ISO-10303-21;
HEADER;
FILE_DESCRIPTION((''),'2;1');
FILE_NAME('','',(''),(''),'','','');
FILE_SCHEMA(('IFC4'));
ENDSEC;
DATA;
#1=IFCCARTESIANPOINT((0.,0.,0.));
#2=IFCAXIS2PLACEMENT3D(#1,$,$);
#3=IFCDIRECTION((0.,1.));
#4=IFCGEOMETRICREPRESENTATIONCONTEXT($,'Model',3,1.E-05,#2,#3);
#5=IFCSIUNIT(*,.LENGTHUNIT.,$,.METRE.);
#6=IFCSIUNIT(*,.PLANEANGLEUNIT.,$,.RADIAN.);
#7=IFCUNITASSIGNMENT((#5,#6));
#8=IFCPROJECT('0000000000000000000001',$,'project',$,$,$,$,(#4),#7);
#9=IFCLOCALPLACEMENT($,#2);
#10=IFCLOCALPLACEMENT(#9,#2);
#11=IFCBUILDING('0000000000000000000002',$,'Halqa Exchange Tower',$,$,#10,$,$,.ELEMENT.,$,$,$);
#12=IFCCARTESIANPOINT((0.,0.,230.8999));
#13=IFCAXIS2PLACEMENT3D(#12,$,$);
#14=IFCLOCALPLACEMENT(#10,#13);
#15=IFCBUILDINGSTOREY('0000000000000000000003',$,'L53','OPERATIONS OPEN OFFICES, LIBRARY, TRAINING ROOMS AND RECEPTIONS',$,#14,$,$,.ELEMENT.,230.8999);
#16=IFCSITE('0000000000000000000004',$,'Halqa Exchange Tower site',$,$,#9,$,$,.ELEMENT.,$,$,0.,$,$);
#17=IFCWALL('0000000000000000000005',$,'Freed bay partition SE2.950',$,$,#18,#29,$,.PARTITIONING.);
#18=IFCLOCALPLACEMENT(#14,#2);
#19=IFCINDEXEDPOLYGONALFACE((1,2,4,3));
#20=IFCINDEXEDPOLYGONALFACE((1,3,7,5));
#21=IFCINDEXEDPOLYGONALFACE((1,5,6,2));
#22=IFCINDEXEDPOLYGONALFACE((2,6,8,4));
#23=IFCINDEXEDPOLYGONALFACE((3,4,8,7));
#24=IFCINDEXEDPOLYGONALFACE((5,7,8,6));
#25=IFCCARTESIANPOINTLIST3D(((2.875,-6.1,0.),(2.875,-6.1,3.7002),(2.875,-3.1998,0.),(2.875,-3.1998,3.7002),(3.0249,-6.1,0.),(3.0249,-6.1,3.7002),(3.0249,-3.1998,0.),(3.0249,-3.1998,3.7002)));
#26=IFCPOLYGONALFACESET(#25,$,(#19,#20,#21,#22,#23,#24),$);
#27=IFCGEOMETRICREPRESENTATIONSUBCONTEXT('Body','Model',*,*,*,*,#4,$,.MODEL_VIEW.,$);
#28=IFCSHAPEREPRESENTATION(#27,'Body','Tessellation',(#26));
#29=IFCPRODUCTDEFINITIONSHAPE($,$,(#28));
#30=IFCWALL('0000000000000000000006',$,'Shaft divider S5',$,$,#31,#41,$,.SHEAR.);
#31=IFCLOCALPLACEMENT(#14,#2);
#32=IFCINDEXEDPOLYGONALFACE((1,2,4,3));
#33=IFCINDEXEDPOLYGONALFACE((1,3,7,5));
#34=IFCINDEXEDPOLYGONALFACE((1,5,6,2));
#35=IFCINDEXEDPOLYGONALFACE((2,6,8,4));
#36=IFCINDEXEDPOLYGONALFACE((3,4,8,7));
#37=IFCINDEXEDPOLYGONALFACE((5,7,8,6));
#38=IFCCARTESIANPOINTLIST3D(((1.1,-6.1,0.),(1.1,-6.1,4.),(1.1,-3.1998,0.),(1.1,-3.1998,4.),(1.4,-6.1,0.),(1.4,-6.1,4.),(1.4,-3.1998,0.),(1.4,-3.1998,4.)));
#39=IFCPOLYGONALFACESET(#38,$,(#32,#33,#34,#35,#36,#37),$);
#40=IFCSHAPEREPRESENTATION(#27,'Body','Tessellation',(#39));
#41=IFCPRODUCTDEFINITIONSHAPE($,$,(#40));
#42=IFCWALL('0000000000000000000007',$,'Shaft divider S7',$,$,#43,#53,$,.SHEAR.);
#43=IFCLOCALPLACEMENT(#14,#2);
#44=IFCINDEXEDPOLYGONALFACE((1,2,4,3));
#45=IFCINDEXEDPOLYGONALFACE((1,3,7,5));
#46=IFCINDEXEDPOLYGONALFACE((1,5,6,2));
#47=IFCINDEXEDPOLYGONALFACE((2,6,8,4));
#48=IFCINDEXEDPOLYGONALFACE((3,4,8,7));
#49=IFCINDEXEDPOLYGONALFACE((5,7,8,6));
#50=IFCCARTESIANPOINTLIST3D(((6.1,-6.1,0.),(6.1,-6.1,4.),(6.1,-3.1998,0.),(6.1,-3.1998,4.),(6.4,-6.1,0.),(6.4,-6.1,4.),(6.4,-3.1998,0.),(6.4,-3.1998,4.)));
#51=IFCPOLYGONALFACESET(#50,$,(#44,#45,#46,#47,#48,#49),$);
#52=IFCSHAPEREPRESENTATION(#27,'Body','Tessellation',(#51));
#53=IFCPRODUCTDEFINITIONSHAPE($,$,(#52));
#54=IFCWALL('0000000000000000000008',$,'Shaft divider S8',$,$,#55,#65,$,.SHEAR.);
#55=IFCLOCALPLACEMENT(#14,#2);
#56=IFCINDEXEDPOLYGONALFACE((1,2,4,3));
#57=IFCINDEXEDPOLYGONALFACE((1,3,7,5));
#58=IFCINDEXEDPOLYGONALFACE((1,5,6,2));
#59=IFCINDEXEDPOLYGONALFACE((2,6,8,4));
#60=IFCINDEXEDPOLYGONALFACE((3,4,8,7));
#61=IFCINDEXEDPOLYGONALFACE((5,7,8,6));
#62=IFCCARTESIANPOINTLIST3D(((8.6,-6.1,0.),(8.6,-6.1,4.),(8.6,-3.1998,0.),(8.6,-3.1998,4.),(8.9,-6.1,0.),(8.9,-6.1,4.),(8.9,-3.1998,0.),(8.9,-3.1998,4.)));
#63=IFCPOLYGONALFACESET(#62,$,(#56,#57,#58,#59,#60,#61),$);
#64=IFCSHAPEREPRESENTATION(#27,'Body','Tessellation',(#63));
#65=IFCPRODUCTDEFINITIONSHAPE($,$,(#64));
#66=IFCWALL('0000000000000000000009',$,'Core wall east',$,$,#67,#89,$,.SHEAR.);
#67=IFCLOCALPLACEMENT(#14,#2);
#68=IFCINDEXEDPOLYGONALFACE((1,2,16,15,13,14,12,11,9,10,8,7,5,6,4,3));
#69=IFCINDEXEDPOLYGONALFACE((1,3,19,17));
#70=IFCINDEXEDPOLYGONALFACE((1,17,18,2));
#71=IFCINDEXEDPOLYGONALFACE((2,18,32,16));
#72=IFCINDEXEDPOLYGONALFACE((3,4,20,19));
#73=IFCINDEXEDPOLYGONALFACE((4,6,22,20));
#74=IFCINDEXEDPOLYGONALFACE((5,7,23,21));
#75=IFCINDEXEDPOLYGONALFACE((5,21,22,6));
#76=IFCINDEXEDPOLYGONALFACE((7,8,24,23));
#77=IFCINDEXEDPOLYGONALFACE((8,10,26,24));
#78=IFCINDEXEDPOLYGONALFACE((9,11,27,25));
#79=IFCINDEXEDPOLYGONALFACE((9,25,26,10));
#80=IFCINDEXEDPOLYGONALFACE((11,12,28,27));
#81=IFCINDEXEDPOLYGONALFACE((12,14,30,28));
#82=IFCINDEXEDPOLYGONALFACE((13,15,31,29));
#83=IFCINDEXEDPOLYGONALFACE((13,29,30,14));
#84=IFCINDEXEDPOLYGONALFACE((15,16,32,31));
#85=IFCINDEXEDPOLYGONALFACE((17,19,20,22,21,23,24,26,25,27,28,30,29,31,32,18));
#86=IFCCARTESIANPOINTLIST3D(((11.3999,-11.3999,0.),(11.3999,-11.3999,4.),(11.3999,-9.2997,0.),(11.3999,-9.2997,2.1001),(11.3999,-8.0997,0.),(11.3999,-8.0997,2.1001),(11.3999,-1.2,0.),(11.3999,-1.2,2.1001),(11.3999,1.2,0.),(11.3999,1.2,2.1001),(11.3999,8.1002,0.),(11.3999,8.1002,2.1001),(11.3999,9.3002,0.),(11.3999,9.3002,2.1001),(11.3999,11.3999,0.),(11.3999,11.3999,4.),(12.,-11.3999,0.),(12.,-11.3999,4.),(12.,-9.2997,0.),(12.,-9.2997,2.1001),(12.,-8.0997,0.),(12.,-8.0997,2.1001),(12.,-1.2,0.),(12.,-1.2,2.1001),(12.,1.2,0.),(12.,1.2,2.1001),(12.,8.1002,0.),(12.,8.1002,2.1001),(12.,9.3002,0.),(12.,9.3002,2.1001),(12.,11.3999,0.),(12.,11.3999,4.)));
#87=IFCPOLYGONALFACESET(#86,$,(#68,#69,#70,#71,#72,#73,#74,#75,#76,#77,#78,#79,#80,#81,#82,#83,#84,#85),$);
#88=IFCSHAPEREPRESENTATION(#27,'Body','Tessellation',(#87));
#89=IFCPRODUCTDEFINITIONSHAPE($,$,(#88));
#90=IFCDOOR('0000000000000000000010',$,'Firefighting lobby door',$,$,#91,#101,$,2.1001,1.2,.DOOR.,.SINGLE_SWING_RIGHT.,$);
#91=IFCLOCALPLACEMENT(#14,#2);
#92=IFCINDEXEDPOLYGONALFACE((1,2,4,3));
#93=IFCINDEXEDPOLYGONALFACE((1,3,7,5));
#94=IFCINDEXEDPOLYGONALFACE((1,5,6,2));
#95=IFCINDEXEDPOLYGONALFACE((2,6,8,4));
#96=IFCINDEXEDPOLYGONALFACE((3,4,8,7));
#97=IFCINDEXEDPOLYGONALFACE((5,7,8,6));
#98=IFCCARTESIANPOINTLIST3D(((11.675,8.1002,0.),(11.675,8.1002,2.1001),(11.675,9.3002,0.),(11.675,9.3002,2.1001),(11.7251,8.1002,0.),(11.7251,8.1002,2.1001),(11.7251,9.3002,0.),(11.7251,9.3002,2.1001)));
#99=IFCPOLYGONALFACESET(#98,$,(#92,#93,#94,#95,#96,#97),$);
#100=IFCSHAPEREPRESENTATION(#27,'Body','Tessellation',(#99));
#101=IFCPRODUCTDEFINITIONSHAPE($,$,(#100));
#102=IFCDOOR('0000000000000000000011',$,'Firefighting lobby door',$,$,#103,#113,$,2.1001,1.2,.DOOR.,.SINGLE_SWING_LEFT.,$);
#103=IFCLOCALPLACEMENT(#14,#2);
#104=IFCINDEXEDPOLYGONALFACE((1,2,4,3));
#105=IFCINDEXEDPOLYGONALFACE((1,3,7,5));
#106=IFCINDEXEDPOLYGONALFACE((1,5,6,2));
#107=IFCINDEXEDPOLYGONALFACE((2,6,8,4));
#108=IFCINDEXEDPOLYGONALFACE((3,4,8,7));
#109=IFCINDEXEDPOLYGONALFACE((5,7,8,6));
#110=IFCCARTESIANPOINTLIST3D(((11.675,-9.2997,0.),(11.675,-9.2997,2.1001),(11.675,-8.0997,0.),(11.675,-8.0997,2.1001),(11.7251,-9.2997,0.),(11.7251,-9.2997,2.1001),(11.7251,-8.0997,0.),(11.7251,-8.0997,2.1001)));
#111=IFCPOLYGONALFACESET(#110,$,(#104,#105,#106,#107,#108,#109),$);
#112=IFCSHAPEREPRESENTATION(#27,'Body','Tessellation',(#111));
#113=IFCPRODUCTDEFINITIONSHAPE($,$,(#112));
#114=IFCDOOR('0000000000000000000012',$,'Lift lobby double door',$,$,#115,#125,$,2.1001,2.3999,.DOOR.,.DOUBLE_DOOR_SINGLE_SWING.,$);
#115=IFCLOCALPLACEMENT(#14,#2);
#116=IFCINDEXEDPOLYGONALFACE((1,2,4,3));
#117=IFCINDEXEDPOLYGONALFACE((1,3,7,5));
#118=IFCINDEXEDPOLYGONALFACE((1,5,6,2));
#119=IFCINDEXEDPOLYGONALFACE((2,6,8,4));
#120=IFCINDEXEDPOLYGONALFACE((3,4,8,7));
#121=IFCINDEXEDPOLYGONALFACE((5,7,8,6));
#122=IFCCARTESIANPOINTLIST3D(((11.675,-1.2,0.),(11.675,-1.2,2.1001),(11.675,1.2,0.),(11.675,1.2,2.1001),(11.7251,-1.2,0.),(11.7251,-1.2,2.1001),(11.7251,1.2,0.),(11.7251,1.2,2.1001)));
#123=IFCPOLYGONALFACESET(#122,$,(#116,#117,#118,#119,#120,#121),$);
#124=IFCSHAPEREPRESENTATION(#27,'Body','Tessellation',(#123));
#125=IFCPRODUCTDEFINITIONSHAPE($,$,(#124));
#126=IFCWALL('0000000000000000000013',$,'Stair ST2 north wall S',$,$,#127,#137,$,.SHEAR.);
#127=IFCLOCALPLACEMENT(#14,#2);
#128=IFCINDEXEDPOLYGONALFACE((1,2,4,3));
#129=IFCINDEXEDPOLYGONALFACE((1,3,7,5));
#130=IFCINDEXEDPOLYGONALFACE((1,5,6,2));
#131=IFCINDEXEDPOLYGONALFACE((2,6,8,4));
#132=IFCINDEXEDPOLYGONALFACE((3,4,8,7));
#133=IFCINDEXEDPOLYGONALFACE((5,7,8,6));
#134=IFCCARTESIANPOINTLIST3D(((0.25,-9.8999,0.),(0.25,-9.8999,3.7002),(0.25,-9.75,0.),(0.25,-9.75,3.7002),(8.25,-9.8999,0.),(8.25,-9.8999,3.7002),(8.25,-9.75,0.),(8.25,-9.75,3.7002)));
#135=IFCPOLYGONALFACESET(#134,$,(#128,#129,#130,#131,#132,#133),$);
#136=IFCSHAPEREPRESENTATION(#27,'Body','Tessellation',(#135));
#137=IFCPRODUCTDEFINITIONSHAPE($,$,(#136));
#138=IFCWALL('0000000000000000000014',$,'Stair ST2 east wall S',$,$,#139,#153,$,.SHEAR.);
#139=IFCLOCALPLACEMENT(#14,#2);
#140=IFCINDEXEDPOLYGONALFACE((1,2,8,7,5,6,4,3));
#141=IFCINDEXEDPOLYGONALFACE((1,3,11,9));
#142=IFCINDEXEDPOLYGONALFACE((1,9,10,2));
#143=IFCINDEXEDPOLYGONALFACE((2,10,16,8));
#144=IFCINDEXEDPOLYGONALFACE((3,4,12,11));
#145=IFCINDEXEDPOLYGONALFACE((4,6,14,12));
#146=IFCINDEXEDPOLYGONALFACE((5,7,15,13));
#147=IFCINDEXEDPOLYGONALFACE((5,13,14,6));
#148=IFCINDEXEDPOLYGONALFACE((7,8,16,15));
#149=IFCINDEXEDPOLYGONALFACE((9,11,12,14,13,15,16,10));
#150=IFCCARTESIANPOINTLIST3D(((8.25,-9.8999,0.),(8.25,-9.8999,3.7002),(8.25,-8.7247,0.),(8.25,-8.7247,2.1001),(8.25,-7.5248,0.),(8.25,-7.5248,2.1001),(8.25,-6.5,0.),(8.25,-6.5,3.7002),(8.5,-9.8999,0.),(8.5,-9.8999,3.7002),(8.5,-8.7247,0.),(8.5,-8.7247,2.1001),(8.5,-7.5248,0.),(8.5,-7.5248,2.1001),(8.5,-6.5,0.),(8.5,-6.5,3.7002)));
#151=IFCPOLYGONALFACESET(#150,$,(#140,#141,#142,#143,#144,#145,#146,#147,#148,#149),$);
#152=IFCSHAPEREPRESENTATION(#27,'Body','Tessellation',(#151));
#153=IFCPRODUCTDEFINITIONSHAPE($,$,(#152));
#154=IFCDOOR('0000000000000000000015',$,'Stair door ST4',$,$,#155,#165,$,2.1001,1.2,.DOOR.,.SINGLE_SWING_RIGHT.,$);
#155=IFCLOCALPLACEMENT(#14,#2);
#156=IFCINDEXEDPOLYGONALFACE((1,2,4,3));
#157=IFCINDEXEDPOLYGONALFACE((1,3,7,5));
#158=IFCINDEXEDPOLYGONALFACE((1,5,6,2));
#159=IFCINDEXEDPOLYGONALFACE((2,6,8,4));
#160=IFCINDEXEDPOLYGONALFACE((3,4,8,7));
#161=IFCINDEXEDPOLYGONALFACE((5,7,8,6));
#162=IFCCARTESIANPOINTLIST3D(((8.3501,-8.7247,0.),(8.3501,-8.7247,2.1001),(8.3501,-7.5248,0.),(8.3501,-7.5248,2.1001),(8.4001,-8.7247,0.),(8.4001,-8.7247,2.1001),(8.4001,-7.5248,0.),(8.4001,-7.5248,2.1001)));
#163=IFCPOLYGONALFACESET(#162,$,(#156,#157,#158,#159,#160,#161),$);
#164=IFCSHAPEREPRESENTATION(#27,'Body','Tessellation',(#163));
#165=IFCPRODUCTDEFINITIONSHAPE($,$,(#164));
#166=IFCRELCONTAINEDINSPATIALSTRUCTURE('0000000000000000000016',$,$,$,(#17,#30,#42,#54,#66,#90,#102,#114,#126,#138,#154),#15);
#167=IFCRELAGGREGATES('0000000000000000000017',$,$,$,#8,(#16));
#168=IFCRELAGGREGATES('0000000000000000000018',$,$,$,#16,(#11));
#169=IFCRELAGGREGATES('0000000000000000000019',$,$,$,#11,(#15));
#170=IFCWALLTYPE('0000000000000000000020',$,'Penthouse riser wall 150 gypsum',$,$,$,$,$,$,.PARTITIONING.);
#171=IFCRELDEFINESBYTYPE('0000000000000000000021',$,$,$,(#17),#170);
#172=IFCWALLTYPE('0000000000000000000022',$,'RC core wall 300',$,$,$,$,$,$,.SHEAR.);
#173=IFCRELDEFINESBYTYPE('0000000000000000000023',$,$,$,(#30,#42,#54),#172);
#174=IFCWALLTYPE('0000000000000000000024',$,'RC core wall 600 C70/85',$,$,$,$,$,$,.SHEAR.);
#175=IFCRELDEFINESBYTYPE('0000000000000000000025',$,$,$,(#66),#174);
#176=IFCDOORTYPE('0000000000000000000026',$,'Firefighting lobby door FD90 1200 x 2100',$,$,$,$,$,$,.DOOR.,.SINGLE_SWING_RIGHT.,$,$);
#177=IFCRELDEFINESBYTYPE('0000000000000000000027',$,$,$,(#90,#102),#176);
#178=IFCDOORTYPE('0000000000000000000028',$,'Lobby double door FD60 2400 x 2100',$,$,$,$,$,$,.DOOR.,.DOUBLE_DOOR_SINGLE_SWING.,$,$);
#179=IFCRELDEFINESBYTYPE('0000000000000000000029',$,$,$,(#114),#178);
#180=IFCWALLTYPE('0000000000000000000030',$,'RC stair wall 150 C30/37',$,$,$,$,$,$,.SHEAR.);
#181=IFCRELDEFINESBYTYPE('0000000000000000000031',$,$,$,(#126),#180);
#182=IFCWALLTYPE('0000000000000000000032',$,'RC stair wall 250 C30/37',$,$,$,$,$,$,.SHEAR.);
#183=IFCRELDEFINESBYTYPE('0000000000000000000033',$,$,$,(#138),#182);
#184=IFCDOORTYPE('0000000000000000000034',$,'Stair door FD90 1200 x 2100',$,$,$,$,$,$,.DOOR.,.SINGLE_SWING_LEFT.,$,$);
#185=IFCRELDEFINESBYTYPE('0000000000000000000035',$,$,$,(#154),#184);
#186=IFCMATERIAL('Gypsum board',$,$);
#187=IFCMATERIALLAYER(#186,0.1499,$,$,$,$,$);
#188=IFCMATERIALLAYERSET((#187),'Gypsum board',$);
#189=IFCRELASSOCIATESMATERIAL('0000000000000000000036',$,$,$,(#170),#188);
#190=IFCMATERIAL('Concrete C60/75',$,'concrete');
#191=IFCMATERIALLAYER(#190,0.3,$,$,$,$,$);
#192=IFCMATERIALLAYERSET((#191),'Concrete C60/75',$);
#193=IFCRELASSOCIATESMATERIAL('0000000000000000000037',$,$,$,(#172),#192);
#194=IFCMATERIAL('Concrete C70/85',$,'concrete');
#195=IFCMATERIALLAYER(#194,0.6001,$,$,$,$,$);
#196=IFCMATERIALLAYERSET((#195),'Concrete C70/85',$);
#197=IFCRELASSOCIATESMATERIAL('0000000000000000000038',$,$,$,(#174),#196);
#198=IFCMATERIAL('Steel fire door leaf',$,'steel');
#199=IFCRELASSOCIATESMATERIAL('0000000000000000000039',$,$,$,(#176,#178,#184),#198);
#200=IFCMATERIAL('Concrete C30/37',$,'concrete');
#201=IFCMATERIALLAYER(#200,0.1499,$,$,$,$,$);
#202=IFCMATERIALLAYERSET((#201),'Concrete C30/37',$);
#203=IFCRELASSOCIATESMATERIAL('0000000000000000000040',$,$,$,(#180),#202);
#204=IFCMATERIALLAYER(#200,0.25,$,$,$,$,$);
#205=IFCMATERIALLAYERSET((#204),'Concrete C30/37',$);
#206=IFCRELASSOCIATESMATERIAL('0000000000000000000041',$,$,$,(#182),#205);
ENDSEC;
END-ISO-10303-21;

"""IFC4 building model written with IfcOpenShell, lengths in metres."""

from ifc_helpers import new_model, si_unit, direction, frame, frame_2d, origin, place, context, subcontext, project, spatial, rectangle, extrude, material, layer, layer_set, type_object, element, fill, save


model = new_model("IFC4")

# Units and contexts
model_context = context("Model", 3, precision=1e-05, world=origin(), true_north=direction((0.0, 1.0)))
body_context = subcontext(model_context, "Body", "Model", "MODEL_VIEW")
ifc_project = project(units=[si_unit("LENGTHUNIT", "METRE"), si_unit("PLANEANGLEUNIT", "RADIAN")], contexts=[model_context])

# Site, building, storey
site_placement = place(None, origin())
site = spatial("IfcSite", under=ifc_project, at=site_placement, Name="Halqa Exchange Tower site", CompositionType="ELEMENT", RefElevation=0.0)
building_placement = place(site_placement, origin())
building = spatial("IfcBuilding", under=site, at=building_placement, Name="Halqa Exchange Tower", CompositionType="ELEMENT")
storey_placement = place(building_placement, frame((0.0, 0.0, 230.8999)))
storey = spatial("IfcBuildingStorey", under=building, at=storey_placement, Name="L53", Description="OPERATIONS OPEN OFFICES, LIBRARY, TRAINING ROOMS AND RECEPTIONS", CompositionType="ELEMENT", Elevation=230.8999)

# Walls
ifc_material_1 = material(Name="Gypsum board")
ifc_layer_1 = layer(ifc_material_1, 0.1499)
ifc_layer_set_1 = layer_set([ifc_layer_1], Name="Gypsum board")
wall_type_1 = type_object("IfcWallType", Name="Penthouse riser wall 150 gypsum", PredefinedType="PARTITIONING", material=ifc_layer_set_1)
wall_1_placement = place(storey_placement, frame((2.95, -6.1001, 0.0), z_axis=(0.0, 0.0, 1.0), x_axis=(0.0, 1.0, 0.0)))
element("IfcWall", 1, at=wall_1_placement, inside=storey, type_object=wall_type_1, Name="Freed bay partition SE2.950", PredefinedType="PARTITIONING", context=body_context, shape_type="SweptSolid", body=[
    extrude(rectangle(XDim=2.9001, YDim=0.1499, at=frame_2d((1.4502, 0.0))), origin(), (0.0, 0.0, 1.0), 3.7002),
])
ifc_material_2 = material(Name="Concrete C60/75", Category="concrete")
ifc_layer_2 = layer(ifc_material_2, 0.3)
ifc_layer_set_2 = layer_set([ifc_layer_2], Name="Concrete C60/75")
wall_type_2 = type_object("IfcWallType", Name="RC core wall 300", PredefinedType="SHEAR", material=ifc_layer_set_2)
for number, where, z_axis, x_axis, name in (
    (2, (1.25, -6.1001, 0.0), (0.0, 0.0, 1.0), (0.0, 1.0, 0.0), "Shaft divider S5"),
    (3, (6.25, -6.1001, 0.0), (0.0, 0.0, 1.0), (0.0, 1.0, 0.0), "Shaft divider S7"),
    (4, (8.75, -6.1001, 0.0), (0.0, 0.0, 1.0), (0.0, 1.0, 0.0), "Shaft divider S8"),
):
    element("IfcWall", number, at=place(storey_placement, frame(where, z_axis=z_axis, x_axis=x_axis)), inside=storey, type_object=wall_type_2, Name=name, PredefinedType="SHEAR", context=body_context, shape_type="SweptSolid", body=[
        extrude(rectangle(XDim=2.9001, YDim=0.3, at=frame_2d((1.4502, 0.0))), origin(), (0.0, 0.0, 1.0), 4.0),
    ])

# Wall, openings, doors
ifc_material_3 = material(Name="Concrete C70/85", Category="concrete")
ifc_layer_3 = layer(ifc_material_3, 0.6001)
ifc_layer_set_3 = layer_set([ifc_layer_3], Name="Concrete C70/85")
wall_type_3 = type_object("IfcWallType", Name="RC core wall 600 C70/85", PredefinedType="SHEAR", material=ifc_layer_set_3)
wall_2_placement = place(storey_placement, frame((11.7, -11.3999, 0.0), z_axis=(0.0, 0.0, 1.0), x_axis=(0.0, 1.0, 0.0)))
wall_2 = element("IfcWall", 5, at=wall_2_placement, inside=storey, type_object=wall_type_3, Name="Core wall east", PredefinedType="SHEAR", context=body_context, shape_type="SweptSolid", body=[
    extrude(rectangle(XDim=22.7998, YDim=0.6001, at=frame_2d((11.3999, 0.0))), origin(), (0.0, 0.0, 1.0), 4.0),
])
opening_1_placement = place(wall_2_placement, frame((10.2, 0.0, 0.0)))
opening_1 = element("IfcOpeningElement", 6, at=opening_1_placement, cuts=wall_2, PredefinedType="OPENING", context=body_context, shape_type="SweptSolid", body=[
    extrude(rectangle(XDim=2.3999, YDim=2.1001, at=frame_2d((1.2, 1.05))), frame((0.0, 0.312, 0.0), z_axis=(0.0, -1.0, 0.0), x_axis=(1.0, 0.0, 0.0)), (0.0, 0.0, 1.0), 0.624),
])
opening_2_placement = place(wall_2_placement, frame((19.5, 0.0, 0.0)))
opening_2 = element("IfcOpeningElement", 7, at=opening_2_placement, cuts=wall_2, PredefinedType="OPENING", context=body_context, shape_type="SweptSolid", body=[
    extrude(rectangle(XDim=1.2, YDim=2.1001, at=frame_2d((0.6001, 1.05))), frame((0.0, 0.312, 0.0), z_axis=(0.0, -1.0, 0.0), x_axis=(1.0, 0.0, 0.0)), (0.0, 0.0, 1.0), 0.624),
])
opening_3_placement = place(wall_2_placement, frame((2.1001, 0.0, 0.0)))
opening_3 = element("IfcOpeningElement", 8, at=opening_3_placement, cuts=wall_2, PredefinedType="OPENING", context=body_context, shape_type="SweptSolid", body=[
    extrude(rectangle(XDim=1.2, YDim=2.1001, at=frame_2d((0.6001, 1.05))), frame((0.0, 0.312, 0.0), z_axis=(0.0, -1.0, 0.0), x_axis=(1.0, 0.0, 0.0)), (0.0, 0.0, 1.0), 0.624),
])
ifc_material_4 = material(Name="Steel fire door leaf", Category="steel")
door_type_1 = type_object("IfcDoorType", Name="Firefighting lobby door FD90 1200 x 2100", OperationType="SINGLE_SWING_RIGHT", PredefinedType="DOOR", material=ifc_material_4)
door_1_placement = place(opening_2_placement, origin())
door_1 = element("IfcDoor", 9, at=door_1_placement, inside=storey, type_object=door_type_1, Name="Firefighting lobby door", OperationType="SINGLE_SWING_RIGHT", OverallHeight=2.1001, OverallWidth=1.2, PredefinedType="DOOR", context=body_context, shape_type="SweptSolid", body=[
    extrude(rectangle(XDim=1.2, YDim=2.1001, at=frame_2d((0.6001, 1.05))), frame((0.0, 0.0249, 0.0), z_axis=(0.0, -1.0, 0.0), x_axis=(1.0, 0.0, 0.0)), (0.0, 0.0, 1.0), 0.05),
])
fill(opening_2, door_1)
door_2_placement = place(opening_3_placement, origin())
door_2 = element("IfcDoor", 10, at=door_2_placement, inside=storey, type_object=door_type_1, Name="Firefighting lobby door", OperationType="SINGLE_SWING_LEFT", OverallHeight=2.1001, OverallWidth=1.2, PredefinedType="DOOR", context=body_context, shape_type="SweptSolid", body=[
    extrude(rectangle(XDim=1.2, YDim=2.1001, at=frame_2d((0.6001, 1.05))), frame((0.0, 0.0249, 0.0), z_axis=(0.0, -1.0, 0.0), x_axis=(1.0, 0.0, 0.0)), (0.0, 0.0, 1.0), 0.05),
])
fill(opening_3, door_2)
door_type_2 = type_object("IfcDoorType", Name="Lobby double door FD60 2400 x 2100", OperationType="DOUBLE_DOOR_SINGLE_SWING", PredefinedType="DOOR", material=ifc_material_4)
door_3_placement = place(opening_1_placement, origin())
door_3 = element("IfcDoor", 11, at=door_3_placement, inside=storey, type_object=door_type_2, Name="Lift lobby double door", OperationType="DOUBLE_DOOR_SINGLE_SWING", OverallHeight=2.1001, OverallWidth=2.3999, PredefinedType="DOOR", context=body_context, shape_type="SweptSolid", body=[
    extrude(rectangle(XDim=2.3999, YDim=2.1001, at=frame_2d((1.2, 1.05))), frame((0.0, 0.0249, 0.0), z_axis=(0.0, -1.0, 0.0), x_axis=(1.0, 0.0, 0.0)), (0.0, 0.0, 1.0), 0.05),
])
fill(opening_1, door_3)

# Wall
ifc_material_5 = material(Name="Concrete C30/37", Category="concrete")
ifc_layer_4 = layer(ifc_material_5, 0.1499)
ifc_layer_set_4 = layer_set([ifc_layer_4], Name="Concrete C30/37")
wall_type_4 = type_object("IfcWallType", Name="RC stair wall 150 C30/37", PredefinedType="SHEAR", material=ifc_layer_set_4)
wall_3_placement = place(storey_placement, frame((0.25, -9.825, 0.0), z_axis=(0.0, 0.0, 1.0), x_axis=(1.0, 0.0, 0.0)))
element("IfcWall", 12, at=wall_3_placement, inside=storey, type_object=wall_type_4, Name="Stair ST2 north wall S", PredefinedType="SHEAR", context=body_context, shape_type="SweptSolid", body=[
    extrude(rectangle(XDim=8.0, YDim=0.1499, at=frame_2d((4.0, 0.0))), origin(), (0.0, 0.0, 1.0), 3.7002),
])

# Wall, opening, door
ifc_layer_5 = layer(ifc_material_5, 0.25)
ifc_layer_set_5 = layer_set([ifc_layer_5], Name="Concrete C30/37")
wall_type_5 = type_object("IfcWallType", Name="RC stair wall 250 C30/37", PredefinedType="SHEAR", material=ifc_layer_set_5)
wall_4_placement = place(storey_placement, frame((8.375, -9.8999, 0.0), z_axis=(0.0, 0.0, 1.0), x_axis=(0.0, 1.0, 0.0)))
wall_4 = element("IfcWall", 13, at=wall_4_placement, inside=storey, type_object=wall_type_5, Name="Stair ST2 east wall S", PredefinedType="SHEAR", context=body_context, shape_type="SweptSolid", body=[
    extrude(rectangle(XDim=3.3999, YDim=0.25, at=frame_2d((1.7, 0.0))), origin(), (0.0, 0.0, 1.0), 3.7002),
])
opening_4_placement = place(wall_4_placement, frame((1.175, 0.0, 0.0)))
opening_4 = element("IfcOpeningElement", 14, at=opening_4_placement, cuts=wall_4, PredefinedType="OPENING", context=body_context, shape_type="SweptSolid", body=[
    extrude(rectangle(XDim=1.2, YDim=2.1001, at=frame_2d((0.6001, 1.05))), frame((0.0, 0.137, 0.0), z_axis=(0.0, -1.0, 0.0), x_axis=(1.0, 0.0, 0.0)), (0.0, 0.0, 1.0), 0.2739),
])
door_type_3 = type_object("IfcDoorType", Name="Stair door FD90 1200 x 2100", OperationType="SINGLE_SWING_LEFT", PredefinedType="DOOR", material=ifc_material_4)
door_4_placement = place(opening_4_placement, origin())
door_4 = element("IfcDoor", 15, at=door_4_placement, inside=storey, type_object=door_type_3, Name="Stair door ST4", OperationType="SINGLE_SWING_RIGHT", OverallHeight=2.1001, OverallWidth=1.2, PredefinedType="DOOR", context=body_context, shape_type="SweptSolid", body=[
    extrude(rectangle(XDim=1.2, YDim=2.1001, at=frame_2d((0.6001, 1.05))), frame((0.0, 0.0249, 0.0), z_axis=(0.0, -1.0, 0.0), x_axis=(1.0, 0.0, 0.0)), (0.0, 0.0, 1.0), 0.05),
])
fill(opening_4, door_4)

save(model, "model.ifc")
